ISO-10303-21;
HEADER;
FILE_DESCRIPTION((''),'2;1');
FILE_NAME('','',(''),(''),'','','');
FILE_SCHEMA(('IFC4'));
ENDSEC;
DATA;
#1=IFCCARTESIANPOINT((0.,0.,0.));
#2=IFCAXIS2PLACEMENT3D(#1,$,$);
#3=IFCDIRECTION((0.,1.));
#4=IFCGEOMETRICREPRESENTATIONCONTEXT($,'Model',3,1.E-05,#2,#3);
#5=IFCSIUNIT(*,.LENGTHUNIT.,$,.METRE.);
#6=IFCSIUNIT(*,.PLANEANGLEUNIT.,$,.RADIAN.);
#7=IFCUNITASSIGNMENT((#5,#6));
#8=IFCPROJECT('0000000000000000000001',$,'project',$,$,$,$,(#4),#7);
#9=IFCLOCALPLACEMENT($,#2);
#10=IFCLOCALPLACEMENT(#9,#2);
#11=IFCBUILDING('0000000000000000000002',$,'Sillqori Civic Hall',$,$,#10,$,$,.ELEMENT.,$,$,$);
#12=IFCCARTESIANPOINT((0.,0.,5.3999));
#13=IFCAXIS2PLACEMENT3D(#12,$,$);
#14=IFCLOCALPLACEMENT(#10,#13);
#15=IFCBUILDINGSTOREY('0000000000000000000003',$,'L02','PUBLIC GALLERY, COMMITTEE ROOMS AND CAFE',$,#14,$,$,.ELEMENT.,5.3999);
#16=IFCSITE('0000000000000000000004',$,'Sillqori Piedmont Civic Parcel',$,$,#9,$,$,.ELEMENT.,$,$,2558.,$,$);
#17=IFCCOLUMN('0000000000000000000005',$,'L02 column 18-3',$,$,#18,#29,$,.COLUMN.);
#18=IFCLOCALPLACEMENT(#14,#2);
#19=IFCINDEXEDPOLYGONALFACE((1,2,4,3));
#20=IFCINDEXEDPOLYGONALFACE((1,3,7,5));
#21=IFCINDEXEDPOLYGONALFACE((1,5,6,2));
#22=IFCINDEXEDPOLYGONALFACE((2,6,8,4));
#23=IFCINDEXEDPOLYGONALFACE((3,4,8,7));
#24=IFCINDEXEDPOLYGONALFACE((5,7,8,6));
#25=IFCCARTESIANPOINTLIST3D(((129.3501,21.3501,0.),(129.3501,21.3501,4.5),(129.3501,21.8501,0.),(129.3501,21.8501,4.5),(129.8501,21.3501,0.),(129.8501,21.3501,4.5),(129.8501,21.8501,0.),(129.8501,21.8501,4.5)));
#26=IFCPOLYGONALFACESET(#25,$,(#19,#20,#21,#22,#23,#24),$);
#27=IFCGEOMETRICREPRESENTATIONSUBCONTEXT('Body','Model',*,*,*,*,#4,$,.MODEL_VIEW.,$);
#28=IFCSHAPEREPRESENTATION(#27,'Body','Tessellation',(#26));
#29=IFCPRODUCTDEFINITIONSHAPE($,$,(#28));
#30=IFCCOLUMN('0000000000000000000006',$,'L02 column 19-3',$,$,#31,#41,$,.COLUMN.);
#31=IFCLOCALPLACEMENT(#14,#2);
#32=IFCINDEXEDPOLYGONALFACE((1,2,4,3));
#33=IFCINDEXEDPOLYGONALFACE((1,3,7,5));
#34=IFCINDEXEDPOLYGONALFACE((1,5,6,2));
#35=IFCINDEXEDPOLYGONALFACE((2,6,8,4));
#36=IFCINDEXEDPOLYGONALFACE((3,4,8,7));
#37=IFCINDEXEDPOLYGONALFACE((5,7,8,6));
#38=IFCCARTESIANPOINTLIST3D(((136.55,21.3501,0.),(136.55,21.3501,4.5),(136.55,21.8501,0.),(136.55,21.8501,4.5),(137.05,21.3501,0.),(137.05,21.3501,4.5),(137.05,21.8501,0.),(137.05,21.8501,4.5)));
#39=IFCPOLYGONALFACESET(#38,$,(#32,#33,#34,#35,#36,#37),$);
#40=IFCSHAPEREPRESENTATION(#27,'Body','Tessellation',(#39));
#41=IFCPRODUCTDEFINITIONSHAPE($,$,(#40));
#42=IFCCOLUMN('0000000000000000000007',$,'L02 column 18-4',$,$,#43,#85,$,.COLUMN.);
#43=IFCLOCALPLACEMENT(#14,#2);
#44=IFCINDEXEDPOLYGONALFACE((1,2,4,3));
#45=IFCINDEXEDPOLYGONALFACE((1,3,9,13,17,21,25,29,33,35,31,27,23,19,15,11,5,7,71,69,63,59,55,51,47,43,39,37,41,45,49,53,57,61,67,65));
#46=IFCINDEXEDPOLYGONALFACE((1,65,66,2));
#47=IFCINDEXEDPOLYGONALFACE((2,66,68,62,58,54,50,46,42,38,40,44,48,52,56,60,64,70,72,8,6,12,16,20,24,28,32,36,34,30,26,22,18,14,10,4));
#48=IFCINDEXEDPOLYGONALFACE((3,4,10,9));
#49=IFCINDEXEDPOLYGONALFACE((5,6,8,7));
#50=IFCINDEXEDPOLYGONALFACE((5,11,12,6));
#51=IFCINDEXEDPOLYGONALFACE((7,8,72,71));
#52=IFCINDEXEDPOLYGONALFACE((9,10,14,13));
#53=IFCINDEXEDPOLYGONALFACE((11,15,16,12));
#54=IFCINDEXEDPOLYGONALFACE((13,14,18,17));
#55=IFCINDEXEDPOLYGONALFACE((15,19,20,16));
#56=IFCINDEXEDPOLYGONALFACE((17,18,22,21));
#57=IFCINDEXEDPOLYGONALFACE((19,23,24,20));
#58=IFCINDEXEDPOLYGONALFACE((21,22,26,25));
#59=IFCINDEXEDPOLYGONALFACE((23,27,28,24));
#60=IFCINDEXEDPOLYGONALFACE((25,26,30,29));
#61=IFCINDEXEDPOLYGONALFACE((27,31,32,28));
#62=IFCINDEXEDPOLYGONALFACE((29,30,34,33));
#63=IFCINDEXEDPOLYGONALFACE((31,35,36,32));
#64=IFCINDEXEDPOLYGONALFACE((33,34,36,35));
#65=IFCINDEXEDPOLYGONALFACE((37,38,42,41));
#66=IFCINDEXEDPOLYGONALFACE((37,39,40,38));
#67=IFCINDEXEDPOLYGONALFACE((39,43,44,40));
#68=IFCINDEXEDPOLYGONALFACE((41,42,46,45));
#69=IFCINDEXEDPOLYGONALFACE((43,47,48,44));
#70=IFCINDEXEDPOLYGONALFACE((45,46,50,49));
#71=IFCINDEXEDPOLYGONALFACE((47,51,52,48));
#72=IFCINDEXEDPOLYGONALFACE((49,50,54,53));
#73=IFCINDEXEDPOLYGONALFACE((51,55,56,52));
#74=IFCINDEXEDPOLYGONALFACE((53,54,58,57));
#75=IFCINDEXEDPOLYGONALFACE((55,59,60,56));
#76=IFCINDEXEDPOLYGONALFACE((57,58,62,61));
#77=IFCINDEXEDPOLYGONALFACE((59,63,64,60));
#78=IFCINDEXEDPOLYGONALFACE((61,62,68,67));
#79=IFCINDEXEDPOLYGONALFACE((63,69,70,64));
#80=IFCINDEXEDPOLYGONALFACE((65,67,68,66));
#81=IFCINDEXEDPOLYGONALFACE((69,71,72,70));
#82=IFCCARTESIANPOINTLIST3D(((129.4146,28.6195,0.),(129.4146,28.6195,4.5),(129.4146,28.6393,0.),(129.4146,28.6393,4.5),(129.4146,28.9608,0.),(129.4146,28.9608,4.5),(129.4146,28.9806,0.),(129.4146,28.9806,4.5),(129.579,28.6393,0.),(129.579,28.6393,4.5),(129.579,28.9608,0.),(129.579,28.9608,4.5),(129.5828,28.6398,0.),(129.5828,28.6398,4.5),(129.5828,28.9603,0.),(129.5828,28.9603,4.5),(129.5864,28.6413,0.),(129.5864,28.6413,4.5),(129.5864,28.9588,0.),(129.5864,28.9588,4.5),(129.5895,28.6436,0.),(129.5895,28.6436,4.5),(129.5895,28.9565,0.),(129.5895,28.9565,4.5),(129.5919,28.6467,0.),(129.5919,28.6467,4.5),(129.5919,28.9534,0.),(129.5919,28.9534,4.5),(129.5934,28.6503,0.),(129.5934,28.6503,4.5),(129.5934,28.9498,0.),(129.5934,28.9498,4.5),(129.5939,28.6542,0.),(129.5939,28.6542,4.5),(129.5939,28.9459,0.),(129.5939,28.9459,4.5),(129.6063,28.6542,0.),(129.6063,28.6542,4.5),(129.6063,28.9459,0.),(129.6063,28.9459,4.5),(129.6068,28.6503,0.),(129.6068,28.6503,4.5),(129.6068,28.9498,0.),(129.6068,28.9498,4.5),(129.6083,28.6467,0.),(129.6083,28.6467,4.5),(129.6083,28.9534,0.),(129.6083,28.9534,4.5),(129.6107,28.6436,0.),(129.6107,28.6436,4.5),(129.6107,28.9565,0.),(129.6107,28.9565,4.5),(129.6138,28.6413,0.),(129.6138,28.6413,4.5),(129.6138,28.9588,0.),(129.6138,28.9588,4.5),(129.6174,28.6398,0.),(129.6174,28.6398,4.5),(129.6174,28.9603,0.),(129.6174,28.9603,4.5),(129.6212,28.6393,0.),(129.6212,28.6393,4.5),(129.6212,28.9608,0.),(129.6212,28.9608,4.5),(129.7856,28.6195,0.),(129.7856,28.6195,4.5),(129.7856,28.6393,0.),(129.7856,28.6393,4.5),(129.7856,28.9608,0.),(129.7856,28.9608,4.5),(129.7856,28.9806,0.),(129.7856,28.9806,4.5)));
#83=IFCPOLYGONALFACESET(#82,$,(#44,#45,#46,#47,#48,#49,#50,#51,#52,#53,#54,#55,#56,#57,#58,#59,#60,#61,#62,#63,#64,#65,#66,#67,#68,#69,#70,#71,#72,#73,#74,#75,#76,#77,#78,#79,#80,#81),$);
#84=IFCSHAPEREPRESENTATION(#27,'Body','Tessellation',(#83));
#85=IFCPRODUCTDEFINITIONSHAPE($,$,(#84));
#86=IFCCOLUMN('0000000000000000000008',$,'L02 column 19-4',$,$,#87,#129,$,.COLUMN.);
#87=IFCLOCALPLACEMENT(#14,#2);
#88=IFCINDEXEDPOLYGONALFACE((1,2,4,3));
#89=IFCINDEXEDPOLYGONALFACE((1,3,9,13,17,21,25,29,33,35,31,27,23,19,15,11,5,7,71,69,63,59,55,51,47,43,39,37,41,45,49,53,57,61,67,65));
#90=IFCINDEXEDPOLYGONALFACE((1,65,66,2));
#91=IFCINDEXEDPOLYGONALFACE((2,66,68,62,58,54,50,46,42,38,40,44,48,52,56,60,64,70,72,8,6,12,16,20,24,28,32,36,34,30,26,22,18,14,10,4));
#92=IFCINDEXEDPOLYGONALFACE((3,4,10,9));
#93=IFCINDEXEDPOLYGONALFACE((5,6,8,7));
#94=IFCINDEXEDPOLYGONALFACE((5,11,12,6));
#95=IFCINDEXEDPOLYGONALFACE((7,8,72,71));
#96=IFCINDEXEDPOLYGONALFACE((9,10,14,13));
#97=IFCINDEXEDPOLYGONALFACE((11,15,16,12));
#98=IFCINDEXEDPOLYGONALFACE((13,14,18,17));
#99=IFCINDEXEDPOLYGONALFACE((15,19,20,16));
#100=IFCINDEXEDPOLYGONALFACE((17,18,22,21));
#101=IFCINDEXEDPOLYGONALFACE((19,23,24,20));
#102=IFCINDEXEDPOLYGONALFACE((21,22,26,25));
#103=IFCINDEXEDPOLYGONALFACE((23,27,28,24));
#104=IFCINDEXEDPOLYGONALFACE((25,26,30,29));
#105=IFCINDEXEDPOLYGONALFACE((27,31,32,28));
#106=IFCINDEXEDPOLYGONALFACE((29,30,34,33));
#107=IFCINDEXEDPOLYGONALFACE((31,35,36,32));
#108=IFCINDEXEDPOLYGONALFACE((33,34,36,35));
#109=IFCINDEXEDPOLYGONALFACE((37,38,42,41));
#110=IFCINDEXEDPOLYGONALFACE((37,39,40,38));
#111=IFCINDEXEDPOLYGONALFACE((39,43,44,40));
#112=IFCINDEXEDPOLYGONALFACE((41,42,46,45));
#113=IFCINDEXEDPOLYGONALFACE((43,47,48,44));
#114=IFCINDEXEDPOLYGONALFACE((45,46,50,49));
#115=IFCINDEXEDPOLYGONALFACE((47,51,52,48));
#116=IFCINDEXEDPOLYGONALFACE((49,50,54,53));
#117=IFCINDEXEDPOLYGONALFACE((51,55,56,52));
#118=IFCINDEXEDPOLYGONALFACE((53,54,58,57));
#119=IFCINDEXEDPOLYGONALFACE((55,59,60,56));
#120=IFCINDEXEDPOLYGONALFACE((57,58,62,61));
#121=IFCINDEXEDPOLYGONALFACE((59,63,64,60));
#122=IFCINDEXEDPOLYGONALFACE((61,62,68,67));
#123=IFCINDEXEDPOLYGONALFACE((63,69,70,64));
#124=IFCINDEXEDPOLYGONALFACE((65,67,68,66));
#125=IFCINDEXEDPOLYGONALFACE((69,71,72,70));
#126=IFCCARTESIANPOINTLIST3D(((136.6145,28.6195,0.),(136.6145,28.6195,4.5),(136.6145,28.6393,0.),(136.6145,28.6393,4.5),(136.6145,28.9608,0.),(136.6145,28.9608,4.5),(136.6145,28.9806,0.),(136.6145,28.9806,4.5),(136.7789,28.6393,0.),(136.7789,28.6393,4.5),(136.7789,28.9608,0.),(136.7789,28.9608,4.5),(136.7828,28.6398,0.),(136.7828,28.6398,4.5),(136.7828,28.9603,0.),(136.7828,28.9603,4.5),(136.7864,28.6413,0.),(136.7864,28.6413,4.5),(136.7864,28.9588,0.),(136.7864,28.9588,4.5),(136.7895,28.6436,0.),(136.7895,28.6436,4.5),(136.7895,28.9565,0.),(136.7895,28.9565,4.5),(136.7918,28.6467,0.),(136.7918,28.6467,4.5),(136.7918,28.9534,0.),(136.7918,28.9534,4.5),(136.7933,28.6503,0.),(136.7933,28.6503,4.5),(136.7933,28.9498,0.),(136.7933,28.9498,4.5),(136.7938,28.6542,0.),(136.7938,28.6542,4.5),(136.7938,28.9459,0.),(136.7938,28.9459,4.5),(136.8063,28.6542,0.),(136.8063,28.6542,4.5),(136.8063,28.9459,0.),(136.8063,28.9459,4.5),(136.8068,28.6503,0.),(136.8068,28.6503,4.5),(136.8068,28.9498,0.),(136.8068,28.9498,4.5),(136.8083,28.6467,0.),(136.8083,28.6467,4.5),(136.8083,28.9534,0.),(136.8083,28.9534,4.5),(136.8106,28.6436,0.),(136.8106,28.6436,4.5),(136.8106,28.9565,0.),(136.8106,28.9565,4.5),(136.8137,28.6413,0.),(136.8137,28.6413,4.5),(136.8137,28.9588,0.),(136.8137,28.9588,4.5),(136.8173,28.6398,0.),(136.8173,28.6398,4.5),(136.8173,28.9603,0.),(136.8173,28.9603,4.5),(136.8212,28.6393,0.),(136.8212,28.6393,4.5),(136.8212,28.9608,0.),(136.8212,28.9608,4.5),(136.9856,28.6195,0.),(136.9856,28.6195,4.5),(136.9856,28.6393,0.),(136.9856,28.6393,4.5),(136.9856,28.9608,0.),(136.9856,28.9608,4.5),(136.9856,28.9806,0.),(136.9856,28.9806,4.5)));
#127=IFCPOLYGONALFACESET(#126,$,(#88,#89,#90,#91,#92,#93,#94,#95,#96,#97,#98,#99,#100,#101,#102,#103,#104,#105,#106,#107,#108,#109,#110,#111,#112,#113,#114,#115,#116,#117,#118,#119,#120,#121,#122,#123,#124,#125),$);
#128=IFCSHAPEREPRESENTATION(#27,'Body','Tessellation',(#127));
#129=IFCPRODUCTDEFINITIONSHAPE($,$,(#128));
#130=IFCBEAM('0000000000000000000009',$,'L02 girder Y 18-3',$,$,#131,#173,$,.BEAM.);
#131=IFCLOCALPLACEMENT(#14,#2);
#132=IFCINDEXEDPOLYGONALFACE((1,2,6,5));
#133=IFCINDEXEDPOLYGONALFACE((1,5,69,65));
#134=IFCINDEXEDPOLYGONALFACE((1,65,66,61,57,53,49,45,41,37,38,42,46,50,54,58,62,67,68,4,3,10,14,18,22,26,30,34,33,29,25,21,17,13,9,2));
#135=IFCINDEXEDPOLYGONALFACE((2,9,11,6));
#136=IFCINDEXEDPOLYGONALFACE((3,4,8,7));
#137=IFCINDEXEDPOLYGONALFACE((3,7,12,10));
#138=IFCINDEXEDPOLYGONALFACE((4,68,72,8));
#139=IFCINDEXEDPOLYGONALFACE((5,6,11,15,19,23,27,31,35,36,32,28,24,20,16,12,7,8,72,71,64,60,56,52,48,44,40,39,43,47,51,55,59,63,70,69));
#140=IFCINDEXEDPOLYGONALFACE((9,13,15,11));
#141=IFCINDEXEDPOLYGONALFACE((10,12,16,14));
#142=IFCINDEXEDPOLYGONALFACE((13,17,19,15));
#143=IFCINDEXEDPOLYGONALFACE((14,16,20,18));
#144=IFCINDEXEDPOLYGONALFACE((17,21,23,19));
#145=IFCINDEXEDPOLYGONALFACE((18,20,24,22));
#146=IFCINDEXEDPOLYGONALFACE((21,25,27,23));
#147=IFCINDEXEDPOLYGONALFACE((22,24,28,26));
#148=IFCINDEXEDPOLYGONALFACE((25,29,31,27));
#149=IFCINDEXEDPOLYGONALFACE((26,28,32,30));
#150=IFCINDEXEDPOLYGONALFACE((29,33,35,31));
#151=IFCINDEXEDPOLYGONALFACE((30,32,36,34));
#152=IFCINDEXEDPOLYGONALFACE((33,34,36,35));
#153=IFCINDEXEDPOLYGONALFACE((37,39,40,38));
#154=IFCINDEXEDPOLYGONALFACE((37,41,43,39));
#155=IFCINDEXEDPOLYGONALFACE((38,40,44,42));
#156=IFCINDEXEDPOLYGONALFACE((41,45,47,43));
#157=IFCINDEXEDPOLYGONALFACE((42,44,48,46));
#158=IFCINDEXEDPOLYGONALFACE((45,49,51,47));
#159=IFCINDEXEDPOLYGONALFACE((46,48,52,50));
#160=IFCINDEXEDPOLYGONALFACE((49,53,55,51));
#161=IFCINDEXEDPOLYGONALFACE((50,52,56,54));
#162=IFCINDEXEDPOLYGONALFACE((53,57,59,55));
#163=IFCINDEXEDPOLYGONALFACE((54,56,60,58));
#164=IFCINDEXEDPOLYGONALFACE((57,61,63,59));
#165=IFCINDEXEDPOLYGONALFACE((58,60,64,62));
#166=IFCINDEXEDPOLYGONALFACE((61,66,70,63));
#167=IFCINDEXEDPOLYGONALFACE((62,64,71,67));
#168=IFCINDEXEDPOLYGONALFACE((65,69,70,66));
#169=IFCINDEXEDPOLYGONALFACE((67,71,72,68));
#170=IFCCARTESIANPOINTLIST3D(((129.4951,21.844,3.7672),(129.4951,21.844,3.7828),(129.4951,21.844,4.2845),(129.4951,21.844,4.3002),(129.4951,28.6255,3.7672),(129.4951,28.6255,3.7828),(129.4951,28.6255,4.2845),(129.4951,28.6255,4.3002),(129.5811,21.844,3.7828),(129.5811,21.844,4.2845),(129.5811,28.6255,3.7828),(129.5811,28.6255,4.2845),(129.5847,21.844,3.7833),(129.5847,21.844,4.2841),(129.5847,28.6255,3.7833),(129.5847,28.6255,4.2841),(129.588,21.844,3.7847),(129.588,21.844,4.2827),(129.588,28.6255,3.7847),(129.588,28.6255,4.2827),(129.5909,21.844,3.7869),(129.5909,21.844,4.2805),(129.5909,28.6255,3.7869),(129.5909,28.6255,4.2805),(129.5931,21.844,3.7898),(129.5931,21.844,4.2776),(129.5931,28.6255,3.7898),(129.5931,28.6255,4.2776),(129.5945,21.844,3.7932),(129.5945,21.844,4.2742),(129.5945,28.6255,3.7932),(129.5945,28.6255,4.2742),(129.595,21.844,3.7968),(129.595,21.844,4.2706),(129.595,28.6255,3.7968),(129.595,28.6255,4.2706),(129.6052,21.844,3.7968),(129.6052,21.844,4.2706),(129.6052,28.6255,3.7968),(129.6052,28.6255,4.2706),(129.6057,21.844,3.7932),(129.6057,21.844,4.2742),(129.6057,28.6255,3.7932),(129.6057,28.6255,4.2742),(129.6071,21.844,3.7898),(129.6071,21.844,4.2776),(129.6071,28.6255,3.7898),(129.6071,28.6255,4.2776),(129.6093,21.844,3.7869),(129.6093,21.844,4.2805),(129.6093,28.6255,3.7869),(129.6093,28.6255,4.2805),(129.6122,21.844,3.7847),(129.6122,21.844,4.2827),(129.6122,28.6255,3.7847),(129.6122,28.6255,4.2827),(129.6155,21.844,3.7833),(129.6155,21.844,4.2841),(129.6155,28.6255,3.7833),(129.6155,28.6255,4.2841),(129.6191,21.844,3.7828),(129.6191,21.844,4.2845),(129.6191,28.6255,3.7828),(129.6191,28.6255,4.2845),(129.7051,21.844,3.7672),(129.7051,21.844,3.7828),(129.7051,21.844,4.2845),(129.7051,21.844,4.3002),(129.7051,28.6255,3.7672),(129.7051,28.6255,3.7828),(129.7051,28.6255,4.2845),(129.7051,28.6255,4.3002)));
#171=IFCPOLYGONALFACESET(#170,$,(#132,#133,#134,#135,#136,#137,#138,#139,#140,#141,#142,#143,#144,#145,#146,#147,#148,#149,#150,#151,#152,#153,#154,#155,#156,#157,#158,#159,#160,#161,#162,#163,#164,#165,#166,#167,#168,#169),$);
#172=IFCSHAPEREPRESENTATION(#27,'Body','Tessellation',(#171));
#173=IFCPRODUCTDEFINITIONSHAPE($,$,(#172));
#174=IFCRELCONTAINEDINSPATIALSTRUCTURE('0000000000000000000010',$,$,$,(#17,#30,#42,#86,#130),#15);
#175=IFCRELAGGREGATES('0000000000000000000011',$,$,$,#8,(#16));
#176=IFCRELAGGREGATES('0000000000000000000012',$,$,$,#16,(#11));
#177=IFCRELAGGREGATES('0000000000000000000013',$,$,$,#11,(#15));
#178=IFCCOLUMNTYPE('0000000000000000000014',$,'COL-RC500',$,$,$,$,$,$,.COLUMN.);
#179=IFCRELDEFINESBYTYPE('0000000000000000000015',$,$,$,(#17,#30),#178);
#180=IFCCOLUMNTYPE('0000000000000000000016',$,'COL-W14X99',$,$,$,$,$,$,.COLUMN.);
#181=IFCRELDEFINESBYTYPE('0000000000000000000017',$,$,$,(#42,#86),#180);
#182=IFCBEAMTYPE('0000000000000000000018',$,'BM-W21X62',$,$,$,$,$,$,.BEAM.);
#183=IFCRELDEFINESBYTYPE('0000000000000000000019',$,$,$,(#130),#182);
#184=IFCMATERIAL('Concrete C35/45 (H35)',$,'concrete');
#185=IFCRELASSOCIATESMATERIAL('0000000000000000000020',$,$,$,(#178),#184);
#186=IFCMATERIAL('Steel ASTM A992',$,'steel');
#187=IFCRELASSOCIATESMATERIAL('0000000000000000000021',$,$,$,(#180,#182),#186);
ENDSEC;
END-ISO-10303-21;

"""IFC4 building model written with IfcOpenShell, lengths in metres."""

from ifc_helpers import new_model, si_unit, direction, frame, origin, origin_2d, place, context, subcontext, project, spatial, rectangle, i_section, extrude, material, material_profile, profile_set, type_object, element, save


model = new_model("IFC4")

# Units and contexts
model_context = context("Model", 3, precision=1e-05, world=origin(), true_north=direction((0.0, 1.0)))
body_context = subcontext(model_context, "Body", "Model", "MODEL_VIEW")
ifc_project = project(units=[si_unit("LENGTHUNIT", "METRE"), si_unit("PLANEANGLEUNIT", "RADIAN")], contexts=[model_context])

# Site, building, storey
site_placement = place(None, origin())
site = spatial("IfcSite", under=ifc_project, at=site_placement, Name="Sillqori Piedmont Civic Parcel", CompositionType="ELEMENT", RefElevation=2558.0)
building_placement = place(site_placement, origin())
building = spatial("IfcBuilding", under=site, at=building_placement, Name="Sillqori Civic Hall", CompositionType="ELEMENT")
storey_placement = place(building_placement, frame((0.0, 0.0, 5.3999)))
storey = spatial("IfcBuildingStorey", under=building, at=storey_placement, Name="L02", Description="PUBLIC GALLERY, COMMITTEE ROOMS AND CAFE", CompositionType="ELEMENT", Elevation=5.3999)

# Columns
ifc_material_1 = material(Name="Concrete C35/45 (H35)", Category="concrete")
ifc_material_profile_1 = material_profile(ifc_material_1, rectangle(XDim=0.5, YDim=0.5, at=origin_2d()), Name="RC 500x500")
ifc_profile_set_1 = profile_set([ifc_material_profile_1], Name="Concrete C35/45 (H35)")
column_type_1 = type_object("IfcColumnType", Name="COL-RC500", PredefinedType="COLUMN", material=ifc_profile_set_1)
for number, where, z_axis, x_axis, name in (
    (1, (129.6001, 21.6001, 0.0), (0.0, 0.0, 1.0), (1.0, 0.0, 0.0), "L02 column 18-3"),
    (2, (136.8, 21.6001, 0.0), (0.0, 0.0, 1.0), (1.0, 0.0, 0.0), "L02 column 19-3"),
):
    element("IfcColumn", number, at=place(storey_placement, frame(where, z_axis=z_axis, x_axis=x_axis)), inside=storey, type_object=column_type_1, Name=name, PredefinedType="COLUMN", context=body_context, shape_type="SweptSolid", body=[
        extrude(rectangle(XDim=0.5, YDim=0.5, at=origin_2d()), origin(), (0.0, 0.0, 1.0), 4.5),
    ])
ifc_material_2 = material(Name="Steel ASTM A992", Category="steel")
ifc_material_profile_2 = material_profile(ifc_material_2, i_section(OverallWidth=0.3711, OverallDepth=0.3611, WebThickness=0.0125, FlangeThickness=0.0198, FilletRadius=0.0149, at=origin_2d()), Name="W14X99")
ifc_profile_set_2 = profile_set([ifc_material_profile_2], Name="Steel ASTM A992")
column_type_2 = type_object("IfcColumnType", Name="COL-W14X99", PredefinedType="COLUMN", material=ifc_profile_set_2)
for number, where, z_axis, x_axis, name in (
    (3, (129.6001, 28.8, 0.0), (0.0, 0.0, 1.0), (1.0, 0.0, 0.0), "L02 column 18-4"),
    (4, (136.8, 28.8, 0.0), (0.0, 0.0, 1.0), (1.0, 0.0, 0.0), "L02 column 19-4"),
):
    element("IfcColumn", number, at=place(storey_placement, frame(where, z_axis=z_axis, x_axis=x_axis)), inside=storey, type_object=column_type_2, Name=name, PredefinedType="COLUMN", context=body_context, shape_type="SweptSolid", body=[
        extrude(i_section(OverallWidth=0.3711, OverallDepth=0.3611, WebThickness=0.0125, FlangeThickness=0.0198, FilletRadius=0.0149, at=origin_2d()), origin(), (0.0, 0.0, 1.0), 4.5),
    ])

# Beam
ifc_material_profile_3 = material_profile(ifc_material_2, i_section(OverallWidth=0.21, OverallDepth=0.533, WebThickness=0.0103, FlangeThickness=0.0156, FilletRadius=0.0139, at=origin_2d()), Name="W21X62")
ifc_profile_set_3 = profile_set([ifc_material_profile_3], Name="Steel ASTM A992")
beam_type_1 = type_object("IfcBeamType", Name="BM-W21X62", PredefinedType="BEAM", material=ifc_profile_set_3)
beam_1_placement = place(storey_placement, frame((129.6001, 21.844, 4.0337), z_axis=(0.0, 1.0, 0.0), x_axis=(-1.0, 0.0, 0.0)))
element("IfcBeam", 5, at=beam_1_placement, inside=storey, type_object=beam_type_1, Name="L02 girder Y 18-3", PredefinedType="BEAM", context=body_context, shape_type="SweptSolid", body=[
    extrude(i_section(OverallWidth=0.21, OverallDepth=0.533, WebThickness=0.0103, FlangeThickness=0.0156, FilletRadius=0.0139, at=origin_2d()), origin(), (0.0, 0.0, 1.0), 6.7815),
])

save(model, "model.ifc")
